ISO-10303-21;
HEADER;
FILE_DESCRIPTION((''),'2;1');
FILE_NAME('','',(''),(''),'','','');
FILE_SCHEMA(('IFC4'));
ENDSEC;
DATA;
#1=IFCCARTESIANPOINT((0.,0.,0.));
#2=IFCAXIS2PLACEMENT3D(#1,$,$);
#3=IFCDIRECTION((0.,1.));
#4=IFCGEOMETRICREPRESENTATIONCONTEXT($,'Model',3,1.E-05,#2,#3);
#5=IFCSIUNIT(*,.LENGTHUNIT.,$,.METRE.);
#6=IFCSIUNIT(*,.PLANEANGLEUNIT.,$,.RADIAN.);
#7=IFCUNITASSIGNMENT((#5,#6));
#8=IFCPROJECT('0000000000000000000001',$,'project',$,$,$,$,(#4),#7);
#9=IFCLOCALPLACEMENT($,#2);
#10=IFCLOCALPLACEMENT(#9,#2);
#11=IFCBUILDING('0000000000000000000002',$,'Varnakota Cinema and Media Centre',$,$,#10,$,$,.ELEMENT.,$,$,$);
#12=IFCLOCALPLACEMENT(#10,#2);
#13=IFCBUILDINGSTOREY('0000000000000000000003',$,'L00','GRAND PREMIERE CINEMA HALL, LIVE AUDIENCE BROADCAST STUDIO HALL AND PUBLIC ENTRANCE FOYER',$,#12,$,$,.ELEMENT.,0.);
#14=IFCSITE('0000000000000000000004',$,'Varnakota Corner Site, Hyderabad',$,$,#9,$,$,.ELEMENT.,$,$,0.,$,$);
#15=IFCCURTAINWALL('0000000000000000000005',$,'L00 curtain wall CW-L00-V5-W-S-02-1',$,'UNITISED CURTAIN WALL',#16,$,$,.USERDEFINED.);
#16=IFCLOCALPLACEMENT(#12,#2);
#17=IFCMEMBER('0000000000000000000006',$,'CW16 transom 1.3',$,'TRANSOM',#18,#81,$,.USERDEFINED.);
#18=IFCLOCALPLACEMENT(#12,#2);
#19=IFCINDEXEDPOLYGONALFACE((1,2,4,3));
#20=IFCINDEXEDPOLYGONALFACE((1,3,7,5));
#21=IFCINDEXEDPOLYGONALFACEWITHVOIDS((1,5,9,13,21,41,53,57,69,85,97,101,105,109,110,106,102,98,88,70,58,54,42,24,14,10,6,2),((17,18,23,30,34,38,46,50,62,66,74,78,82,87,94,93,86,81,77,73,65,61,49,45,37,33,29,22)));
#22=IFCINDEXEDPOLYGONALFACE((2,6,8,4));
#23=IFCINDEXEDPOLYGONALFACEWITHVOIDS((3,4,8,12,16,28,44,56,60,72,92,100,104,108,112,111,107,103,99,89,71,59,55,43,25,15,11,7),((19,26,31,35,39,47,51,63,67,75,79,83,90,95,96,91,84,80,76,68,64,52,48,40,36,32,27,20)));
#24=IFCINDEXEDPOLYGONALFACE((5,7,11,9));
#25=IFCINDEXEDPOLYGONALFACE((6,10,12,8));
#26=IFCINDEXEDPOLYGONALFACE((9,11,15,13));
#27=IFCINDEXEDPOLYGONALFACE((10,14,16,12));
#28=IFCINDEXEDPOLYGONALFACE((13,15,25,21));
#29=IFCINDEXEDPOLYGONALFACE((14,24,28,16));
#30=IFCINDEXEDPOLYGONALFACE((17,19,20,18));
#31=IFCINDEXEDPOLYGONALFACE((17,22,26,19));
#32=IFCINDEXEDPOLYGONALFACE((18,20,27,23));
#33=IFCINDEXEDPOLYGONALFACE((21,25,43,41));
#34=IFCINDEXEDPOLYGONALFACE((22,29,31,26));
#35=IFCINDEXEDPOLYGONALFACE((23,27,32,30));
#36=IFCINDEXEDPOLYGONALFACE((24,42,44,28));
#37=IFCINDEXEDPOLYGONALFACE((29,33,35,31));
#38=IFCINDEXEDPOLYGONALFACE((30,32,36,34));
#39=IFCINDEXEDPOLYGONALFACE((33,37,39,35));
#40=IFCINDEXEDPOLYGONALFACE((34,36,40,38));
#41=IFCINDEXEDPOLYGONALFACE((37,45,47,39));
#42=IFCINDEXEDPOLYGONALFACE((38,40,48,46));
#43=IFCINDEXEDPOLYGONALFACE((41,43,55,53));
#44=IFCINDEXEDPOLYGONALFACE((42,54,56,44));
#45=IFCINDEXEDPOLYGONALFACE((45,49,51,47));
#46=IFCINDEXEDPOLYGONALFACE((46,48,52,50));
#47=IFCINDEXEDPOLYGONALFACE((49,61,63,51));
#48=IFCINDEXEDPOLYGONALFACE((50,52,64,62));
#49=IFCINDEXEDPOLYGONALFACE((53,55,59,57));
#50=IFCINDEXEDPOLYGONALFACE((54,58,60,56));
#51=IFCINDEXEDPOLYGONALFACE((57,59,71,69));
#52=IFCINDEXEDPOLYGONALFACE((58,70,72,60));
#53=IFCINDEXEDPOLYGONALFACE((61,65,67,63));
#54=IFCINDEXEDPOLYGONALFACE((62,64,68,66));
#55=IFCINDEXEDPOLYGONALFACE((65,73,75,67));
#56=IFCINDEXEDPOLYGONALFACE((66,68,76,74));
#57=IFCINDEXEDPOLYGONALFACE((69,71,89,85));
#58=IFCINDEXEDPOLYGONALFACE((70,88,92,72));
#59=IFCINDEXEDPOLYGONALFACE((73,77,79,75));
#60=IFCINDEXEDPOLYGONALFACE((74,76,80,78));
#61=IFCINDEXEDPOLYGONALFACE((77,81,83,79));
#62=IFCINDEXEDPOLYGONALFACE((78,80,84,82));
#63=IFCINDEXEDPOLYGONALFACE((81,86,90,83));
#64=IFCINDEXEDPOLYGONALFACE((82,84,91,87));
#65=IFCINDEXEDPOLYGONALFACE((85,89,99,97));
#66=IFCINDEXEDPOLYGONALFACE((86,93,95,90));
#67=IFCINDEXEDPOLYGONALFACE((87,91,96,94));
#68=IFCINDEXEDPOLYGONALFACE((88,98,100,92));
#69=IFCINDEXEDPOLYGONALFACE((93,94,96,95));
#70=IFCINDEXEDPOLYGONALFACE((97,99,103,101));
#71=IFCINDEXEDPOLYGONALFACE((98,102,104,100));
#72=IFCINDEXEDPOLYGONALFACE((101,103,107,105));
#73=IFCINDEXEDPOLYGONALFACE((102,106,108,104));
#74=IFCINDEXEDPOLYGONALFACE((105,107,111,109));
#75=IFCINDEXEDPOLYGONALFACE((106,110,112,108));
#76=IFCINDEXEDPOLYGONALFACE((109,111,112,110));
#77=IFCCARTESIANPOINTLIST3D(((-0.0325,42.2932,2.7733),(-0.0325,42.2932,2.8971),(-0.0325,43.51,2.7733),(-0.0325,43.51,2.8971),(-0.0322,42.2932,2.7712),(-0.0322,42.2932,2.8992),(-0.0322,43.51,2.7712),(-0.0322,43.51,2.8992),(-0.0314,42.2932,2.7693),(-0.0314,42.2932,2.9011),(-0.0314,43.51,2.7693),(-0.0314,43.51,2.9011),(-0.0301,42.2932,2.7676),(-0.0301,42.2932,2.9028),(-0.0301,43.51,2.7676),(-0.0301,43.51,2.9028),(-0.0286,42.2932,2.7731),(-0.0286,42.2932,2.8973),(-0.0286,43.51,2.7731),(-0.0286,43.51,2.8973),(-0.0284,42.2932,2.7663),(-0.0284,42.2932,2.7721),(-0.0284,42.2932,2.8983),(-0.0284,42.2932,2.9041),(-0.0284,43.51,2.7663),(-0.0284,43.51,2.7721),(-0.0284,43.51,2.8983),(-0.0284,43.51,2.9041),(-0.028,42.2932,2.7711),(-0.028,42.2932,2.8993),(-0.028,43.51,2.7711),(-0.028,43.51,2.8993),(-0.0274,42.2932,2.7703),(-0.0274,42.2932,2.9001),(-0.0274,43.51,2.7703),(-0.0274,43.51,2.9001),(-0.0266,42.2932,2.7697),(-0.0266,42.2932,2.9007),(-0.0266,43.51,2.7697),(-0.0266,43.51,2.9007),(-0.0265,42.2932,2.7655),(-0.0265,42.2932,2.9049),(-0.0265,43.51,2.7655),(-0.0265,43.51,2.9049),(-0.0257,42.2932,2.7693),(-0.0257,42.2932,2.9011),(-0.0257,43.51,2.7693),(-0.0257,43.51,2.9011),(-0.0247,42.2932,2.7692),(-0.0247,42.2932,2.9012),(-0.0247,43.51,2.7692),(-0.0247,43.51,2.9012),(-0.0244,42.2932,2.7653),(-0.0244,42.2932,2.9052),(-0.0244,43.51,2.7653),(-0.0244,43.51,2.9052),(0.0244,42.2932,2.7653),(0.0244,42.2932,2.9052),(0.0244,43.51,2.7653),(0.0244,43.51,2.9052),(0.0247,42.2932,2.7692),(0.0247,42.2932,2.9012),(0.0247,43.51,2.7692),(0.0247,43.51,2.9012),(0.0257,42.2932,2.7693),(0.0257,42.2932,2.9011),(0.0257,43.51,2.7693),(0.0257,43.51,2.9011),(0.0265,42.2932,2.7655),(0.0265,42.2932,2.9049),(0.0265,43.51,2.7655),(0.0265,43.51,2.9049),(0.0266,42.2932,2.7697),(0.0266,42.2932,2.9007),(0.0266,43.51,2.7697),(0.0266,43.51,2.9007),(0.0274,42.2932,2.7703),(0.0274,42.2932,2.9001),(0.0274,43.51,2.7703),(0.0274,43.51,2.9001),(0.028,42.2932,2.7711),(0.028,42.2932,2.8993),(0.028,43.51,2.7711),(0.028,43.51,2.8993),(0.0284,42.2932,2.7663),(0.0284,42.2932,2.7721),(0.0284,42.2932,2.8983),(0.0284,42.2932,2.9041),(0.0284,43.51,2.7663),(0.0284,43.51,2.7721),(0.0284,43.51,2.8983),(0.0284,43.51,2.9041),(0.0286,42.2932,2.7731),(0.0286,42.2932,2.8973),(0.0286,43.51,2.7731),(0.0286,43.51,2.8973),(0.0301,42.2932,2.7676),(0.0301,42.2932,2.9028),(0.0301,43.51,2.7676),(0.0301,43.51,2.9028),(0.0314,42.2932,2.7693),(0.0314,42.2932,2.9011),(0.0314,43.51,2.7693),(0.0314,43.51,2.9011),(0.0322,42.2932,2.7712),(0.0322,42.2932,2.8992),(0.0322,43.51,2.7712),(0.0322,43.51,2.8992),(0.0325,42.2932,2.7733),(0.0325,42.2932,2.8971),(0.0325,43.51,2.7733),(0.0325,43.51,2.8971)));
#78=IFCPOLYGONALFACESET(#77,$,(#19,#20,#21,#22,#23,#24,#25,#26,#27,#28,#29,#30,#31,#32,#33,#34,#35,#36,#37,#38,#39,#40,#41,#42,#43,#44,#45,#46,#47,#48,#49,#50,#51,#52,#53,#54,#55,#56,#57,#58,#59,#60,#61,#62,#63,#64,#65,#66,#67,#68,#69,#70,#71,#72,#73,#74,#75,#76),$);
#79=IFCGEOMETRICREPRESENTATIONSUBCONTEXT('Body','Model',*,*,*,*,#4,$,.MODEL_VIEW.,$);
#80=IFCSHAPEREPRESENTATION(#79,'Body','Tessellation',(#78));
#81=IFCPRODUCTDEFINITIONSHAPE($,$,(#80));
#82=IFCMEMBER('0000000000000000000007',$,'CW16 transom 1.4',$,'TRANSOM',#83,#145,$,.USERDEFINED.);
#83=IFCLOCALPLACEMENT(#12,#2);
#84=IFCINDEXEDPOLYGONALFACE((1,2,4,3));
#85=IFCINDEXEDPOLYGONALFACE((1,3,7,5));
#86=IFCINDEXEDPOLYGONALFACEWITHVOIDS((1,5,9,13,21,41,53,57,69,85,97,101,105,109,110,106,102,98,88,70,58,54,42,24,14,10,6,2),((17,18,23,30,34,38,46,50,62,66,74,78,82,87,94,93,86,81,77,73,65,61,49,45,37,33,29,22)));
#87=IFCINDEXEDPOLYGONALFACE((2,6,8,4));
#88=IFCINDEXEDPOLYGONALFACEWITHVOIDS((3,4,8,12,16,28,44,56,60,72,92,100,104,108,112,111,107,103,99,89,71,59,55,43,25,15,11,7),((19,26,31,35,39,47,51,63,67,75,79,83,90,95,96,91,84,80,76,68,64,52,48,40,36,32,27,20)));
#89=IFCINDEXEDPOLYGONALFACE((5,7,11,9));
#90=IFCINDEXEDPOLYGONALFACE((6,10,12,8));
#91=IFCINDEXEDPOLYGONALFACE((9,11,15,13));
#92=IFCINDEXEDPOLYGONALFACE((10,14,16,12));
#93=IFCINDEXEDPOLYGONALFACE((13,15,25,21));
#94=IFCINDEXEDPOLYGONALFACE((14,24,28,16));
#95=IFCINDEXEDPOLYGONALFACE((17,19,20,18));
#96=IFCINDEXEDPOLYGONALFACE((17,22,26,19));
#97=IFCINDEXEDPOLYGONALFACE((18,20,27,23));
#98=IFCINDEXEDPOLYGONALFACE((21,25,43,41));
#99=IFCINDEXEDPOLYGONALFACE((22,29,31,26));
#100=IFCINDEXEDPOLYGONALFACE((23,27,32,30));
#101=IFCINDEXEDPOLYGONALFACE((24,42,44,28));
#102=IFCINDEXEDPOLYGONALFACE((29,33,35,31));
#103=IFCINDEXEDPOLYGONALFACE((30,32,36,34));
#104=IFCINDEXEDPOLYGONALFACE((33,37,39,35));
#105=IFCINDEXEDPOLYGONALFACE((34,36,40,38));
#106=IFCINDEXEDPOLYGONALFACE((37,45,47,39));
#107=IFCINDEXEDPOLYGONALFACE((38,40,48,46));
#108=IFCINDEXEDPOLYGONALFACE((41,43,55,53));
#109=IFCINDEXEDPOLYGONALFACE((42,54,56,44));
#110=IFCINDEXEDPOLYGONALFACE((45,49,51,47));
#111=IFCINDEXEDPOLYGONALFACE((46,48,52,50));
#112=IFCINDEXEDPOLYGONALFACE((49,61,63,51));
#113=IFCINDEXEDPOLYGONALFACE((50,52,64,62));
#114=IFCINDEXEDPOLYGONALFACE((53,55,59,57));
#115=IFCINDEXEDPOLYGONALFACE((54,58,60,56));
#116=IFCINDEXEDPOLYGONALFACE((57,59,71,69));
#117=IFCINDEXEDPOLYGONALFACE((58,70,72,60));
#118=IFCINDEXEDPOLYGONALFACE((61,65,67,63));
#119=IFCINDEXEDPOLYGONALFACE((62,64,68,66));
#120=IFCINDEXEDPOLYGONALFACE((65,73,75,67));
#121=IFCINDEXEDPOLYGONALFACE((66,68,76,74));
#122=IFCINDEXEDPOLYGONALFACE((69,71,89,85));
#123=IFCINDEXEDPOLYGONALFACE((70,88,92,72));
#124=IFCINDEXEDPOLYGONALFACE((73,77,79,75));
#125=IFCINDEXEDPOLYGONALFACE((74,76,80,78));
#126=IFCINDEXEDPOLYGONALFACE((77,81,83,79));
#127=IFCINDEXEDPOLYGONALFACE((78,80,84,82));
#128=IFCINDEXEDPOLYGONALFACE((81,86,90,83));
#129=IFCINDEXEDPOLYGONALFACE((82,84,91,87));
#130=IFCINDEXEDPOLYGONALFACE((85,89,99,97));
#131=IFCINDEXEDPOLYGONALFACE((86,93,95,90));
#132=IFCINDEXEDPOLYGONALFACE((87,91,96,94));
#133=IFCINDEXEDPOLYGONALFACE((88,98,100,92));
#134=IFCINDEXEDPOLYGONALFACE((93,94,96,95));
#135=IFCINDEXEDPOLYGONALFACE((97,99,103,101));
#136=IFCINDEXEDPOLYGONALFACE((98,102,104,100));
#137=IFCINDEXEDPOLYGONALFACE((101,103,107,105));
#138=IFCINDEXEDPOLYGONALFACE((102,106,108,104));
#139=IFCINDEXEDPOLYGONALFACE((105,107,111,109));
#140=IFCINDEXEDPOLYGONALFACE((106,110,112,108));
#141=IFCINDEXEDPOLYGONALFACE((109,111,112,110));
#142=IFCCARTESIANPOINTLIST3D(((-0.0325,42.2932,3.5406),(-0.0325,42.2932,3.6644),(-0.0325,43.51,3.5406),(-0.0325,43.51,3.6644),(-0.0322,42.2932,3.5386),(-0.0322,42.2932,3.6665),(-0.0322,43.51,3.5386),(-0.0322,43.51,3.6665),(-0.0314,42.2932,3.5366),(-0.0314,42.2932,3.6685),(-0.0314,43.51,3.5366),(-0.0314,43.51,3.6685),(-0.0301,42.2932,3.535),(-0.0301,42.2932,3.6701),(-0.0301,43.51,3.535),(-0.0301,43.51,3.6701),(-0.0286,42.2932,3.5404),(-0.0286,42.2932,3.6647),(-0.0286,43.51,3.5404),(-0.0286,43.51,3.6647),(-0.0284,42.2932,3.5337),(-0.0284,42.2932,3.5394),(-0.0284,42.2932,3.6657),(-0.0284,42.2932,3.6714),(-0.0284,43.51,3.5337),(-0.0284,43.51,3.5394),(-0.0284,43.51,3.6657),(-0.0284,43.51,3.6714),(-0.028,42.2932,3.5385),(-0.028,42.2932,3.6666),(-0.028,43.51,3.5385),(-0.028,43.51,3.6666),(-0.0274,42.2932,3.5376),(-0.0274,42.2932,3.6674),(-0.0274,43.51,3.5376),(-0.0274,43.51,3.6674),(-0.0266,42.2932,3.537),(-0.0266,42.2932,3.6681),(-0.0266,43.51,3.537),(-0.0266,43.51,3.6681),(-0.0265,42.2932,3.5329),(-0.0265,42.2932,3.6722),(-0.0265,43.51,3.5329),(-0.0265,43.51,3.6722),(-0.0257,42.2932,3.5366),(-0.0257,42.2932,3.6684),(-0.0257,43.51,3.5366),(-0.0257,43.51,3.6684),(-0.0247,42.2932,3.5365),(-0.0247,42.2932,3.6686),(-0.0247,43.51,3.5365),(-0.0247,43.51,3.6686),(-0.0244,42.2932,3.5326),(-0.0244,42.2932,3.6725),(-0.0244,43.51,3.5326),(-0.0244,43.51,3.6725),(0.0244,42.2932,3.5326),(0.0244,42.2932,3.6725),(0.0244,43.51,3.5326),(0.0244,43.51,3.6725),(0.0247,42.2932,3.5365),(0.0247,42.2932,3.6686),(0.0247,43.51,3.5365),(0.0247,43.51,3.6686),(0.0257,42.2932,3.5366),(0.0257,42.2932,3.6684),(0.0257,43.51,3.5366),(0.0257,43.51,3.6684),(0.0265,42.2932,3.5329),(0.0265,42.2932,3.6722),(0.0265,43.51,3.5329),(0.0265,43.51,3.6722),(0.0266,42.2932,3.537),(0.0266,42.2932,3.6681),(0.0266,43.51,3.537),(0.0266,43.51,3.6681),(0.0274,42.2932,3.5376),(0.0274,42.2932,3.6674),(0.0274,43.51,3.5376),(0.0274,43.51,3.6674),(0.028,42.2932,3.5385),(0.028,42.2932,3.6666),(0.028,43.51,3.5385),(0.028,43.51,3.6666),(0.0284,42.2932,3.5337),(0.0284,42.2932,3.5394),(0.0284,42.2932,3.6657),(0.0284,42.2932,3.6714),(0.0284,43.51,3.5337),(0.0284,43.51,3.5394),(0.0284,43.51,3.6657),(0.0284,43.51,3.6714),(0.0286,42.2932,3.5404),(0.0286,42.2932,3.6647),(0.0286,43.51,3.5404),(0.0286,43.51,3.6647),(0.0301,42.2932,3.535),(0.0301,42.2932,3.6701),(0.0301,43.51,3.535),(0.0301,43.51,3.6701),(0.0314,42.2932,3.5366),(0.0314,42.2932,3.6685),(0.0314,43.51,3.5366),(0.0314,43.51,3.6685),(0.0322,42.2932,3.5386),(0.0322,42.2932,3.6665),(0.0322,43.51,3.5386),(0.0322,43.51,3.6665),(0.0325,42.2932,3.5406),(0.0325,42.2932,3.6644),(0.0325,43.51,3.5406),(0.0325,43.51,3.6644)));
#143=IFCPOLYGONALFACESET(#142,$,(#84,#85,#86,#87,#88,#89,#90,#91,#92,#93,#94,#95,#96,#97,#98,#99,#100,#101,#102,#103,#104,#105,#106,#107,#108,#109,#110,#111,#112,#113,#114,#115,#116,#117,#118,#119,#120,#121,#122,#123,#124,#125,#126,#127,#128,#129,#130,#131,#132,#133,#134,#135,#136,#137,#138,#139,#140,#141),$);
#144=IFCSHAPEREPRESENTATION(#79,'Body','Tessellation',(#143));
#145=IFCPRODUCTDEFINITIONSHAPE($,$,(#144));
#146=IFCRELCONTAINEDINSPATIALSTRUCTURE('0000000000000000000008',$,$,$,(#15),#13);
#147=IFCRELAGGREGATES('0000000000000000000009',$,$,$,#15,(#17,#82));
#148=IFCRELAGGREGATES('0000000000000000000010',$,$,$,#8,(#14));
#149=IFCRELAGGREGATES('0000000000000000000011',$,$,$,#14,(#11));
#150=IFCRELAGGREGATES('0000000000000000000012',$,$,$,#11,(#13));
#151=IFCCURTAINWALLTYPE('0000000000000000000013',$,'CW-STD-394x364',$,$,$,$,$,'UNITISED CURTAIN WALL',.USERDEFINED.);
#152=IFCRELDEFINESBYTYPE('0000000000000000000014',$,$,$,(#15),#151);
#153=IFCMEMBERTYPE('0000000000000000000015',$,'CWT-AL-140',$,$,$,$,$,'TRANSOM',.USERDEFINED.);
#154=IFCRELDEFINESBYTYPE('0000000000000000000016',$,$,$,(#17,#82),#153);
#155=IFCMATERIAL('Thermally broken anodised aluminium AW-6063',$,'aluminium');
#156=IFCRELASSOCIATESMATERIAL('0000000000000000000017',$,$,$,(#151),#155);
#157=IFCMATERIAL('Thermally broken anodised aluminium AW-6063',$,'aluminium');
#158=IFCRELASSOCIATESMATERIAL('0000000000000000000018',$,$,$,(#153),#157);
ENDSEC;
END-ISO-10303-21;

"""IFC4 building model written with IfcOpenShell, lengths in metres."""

from ifc_helpers import new_model, si_unit, direction, frame, origin, origin_2d, place, context, subcontext, project, spatial, hollow_rectangle, extrude, material, material_profile, profile_set, type_object, element, aggregate, save


model = new_model("IFC4")

# Units and contexts
model_context = context("Model", 3, precision=1e-05, world=origin(), true_north=direction((0.0, 1.0)))
body_context = subcontext(model_context, "Body", "Model", "MODEL_VIEW")
ifc_project = project(units=[si_unit("LENGTHUNIT", "METRE"), si_unit("PLANEANGLEUNIT", "RADIAN")], contexts=[model_context])

# Site, building, storey
site_placement = place(None, origin())
site = spatial("IfcSite", under=ifc_project, at=site_placement, Name="Varnakota Corner Site, Hyderabad", CompositionType="ELEMENT", RefElevation=0.0)
building_placement = place(site_placement, origin())
building = spatial("IfcBuilding", under=site, at=building_placement, Name="Varnakota Cinema and Media Centre", CompositionType="ELEMENT")
storey_placement = place(building_placement, origin())
storey = spatial("IfcBuildingStorey", under=building, at=storey_placement, Name="L00", Description="GRAND PREMIERE CINEMA HALL, LIVE AUDIENCE BROADCAST STUDIO HALL AND PUBLIC ENTRANCE FOYER", CompositionType="ELEMENT", Elevation=0.0)

# Curtain wall, members
ifc_material_1 = material(Name="Thermally broken anodised aluminium AW-6063", Category="aluminium")
curtain_wall_type = type_object("IfcCurtainWallType", Name="CW-STD-394x364", ElementType="UNITISED CURTAIN WALL", PredefinedType="USERDEFINED", material=ifc_material_1)
curtain_wall_placement = place(storey_placement, origin())
curtain_wall = element("IfcCurtainWall", 1, at=curtain_wall_placement, inside=storey, type_object=curtain_wall_type, Name="L00 curtain wall CW-L00-V5-W-S-02-1", ObjectType="UNITISED CURTAIN WALL", PredefinedType="USERDEFINED")
ifc_material_2 = material(Name="Thermally broken anodised aluminium AW-6063", Category="aluminium")
ifc_material_profile_1 = material_profile(ifc_material_2, hollow_rectangle(XDim=0.0649, YDim=0.1399, WallThickness=0.0039, InnerFilletRadius=0.0039, OuterFilletRadius=0.0081, at=origin_2d()), Name="AL-TRANSOM 140x65x4")
ifc_profile_set_1 = profile_set([ifc_material_profile_1], Name="Thermally broken anodised aluminium AW-6063")
member_type_1 = type_object("IfcMemberType", Name="CWT-AL-140", ElementType="TRANSOM", PredefinedType="USERDEFINED", material=ifc_profile_set_1)
member_1_placement = place(storey_placement, frame((0.0, 43.51, 2.8352), z_axis=(0.0, -1.0, 0.0), x_axis=(1.0, 0.0, 0.0)))
member_1 = element("IfcMember", 2, at=member_1_placement, type_object=member_type_1, Name="CW16 transom 1.3", ObjectType="TRANSOM", PredefinedType="USERDEFINED", context=body_context, shape_type="SweptSolid", body=[
    extrude(hollow_rectangle(XDim=0.0649, YDim=0.1399, WallThickness=0.0039, InnerFilletRadius=0.0039, OuterFilletRadius=0.0081, at=origin_2d()), origin(), (0.0, 0.0, 1.0), 1.2168),
])
member_2_placement = place(storey_placement, frame((0.0, 43.51, 3.6025), z_axis=(0.0, -1.0, 0.0), x_axis=(1.0, 0.0, 0.0)))
member_2 = element("IfcMember", 3, at=member_2_placement, type_object=member_type_1, Name="CW16 transom 1.4", ObjectType="TRANSOM", PredefinedType="USERDEFINED", context=body_context, shape_type="SweptSolid", body=[
    extrude(hollow_rectangle(XDim=0.0649, YDim=0.1399, WallThickness=0.0039, InnerFilletRadius=0.0039, OuterFilletRadius=0.0081, at=origin_2d()), origin(), (0.0, 0.0, 1.0), 1.2168),
])
aggregate(curtain_wall, [member_1, member_2])

save(model, "model.ifc")
